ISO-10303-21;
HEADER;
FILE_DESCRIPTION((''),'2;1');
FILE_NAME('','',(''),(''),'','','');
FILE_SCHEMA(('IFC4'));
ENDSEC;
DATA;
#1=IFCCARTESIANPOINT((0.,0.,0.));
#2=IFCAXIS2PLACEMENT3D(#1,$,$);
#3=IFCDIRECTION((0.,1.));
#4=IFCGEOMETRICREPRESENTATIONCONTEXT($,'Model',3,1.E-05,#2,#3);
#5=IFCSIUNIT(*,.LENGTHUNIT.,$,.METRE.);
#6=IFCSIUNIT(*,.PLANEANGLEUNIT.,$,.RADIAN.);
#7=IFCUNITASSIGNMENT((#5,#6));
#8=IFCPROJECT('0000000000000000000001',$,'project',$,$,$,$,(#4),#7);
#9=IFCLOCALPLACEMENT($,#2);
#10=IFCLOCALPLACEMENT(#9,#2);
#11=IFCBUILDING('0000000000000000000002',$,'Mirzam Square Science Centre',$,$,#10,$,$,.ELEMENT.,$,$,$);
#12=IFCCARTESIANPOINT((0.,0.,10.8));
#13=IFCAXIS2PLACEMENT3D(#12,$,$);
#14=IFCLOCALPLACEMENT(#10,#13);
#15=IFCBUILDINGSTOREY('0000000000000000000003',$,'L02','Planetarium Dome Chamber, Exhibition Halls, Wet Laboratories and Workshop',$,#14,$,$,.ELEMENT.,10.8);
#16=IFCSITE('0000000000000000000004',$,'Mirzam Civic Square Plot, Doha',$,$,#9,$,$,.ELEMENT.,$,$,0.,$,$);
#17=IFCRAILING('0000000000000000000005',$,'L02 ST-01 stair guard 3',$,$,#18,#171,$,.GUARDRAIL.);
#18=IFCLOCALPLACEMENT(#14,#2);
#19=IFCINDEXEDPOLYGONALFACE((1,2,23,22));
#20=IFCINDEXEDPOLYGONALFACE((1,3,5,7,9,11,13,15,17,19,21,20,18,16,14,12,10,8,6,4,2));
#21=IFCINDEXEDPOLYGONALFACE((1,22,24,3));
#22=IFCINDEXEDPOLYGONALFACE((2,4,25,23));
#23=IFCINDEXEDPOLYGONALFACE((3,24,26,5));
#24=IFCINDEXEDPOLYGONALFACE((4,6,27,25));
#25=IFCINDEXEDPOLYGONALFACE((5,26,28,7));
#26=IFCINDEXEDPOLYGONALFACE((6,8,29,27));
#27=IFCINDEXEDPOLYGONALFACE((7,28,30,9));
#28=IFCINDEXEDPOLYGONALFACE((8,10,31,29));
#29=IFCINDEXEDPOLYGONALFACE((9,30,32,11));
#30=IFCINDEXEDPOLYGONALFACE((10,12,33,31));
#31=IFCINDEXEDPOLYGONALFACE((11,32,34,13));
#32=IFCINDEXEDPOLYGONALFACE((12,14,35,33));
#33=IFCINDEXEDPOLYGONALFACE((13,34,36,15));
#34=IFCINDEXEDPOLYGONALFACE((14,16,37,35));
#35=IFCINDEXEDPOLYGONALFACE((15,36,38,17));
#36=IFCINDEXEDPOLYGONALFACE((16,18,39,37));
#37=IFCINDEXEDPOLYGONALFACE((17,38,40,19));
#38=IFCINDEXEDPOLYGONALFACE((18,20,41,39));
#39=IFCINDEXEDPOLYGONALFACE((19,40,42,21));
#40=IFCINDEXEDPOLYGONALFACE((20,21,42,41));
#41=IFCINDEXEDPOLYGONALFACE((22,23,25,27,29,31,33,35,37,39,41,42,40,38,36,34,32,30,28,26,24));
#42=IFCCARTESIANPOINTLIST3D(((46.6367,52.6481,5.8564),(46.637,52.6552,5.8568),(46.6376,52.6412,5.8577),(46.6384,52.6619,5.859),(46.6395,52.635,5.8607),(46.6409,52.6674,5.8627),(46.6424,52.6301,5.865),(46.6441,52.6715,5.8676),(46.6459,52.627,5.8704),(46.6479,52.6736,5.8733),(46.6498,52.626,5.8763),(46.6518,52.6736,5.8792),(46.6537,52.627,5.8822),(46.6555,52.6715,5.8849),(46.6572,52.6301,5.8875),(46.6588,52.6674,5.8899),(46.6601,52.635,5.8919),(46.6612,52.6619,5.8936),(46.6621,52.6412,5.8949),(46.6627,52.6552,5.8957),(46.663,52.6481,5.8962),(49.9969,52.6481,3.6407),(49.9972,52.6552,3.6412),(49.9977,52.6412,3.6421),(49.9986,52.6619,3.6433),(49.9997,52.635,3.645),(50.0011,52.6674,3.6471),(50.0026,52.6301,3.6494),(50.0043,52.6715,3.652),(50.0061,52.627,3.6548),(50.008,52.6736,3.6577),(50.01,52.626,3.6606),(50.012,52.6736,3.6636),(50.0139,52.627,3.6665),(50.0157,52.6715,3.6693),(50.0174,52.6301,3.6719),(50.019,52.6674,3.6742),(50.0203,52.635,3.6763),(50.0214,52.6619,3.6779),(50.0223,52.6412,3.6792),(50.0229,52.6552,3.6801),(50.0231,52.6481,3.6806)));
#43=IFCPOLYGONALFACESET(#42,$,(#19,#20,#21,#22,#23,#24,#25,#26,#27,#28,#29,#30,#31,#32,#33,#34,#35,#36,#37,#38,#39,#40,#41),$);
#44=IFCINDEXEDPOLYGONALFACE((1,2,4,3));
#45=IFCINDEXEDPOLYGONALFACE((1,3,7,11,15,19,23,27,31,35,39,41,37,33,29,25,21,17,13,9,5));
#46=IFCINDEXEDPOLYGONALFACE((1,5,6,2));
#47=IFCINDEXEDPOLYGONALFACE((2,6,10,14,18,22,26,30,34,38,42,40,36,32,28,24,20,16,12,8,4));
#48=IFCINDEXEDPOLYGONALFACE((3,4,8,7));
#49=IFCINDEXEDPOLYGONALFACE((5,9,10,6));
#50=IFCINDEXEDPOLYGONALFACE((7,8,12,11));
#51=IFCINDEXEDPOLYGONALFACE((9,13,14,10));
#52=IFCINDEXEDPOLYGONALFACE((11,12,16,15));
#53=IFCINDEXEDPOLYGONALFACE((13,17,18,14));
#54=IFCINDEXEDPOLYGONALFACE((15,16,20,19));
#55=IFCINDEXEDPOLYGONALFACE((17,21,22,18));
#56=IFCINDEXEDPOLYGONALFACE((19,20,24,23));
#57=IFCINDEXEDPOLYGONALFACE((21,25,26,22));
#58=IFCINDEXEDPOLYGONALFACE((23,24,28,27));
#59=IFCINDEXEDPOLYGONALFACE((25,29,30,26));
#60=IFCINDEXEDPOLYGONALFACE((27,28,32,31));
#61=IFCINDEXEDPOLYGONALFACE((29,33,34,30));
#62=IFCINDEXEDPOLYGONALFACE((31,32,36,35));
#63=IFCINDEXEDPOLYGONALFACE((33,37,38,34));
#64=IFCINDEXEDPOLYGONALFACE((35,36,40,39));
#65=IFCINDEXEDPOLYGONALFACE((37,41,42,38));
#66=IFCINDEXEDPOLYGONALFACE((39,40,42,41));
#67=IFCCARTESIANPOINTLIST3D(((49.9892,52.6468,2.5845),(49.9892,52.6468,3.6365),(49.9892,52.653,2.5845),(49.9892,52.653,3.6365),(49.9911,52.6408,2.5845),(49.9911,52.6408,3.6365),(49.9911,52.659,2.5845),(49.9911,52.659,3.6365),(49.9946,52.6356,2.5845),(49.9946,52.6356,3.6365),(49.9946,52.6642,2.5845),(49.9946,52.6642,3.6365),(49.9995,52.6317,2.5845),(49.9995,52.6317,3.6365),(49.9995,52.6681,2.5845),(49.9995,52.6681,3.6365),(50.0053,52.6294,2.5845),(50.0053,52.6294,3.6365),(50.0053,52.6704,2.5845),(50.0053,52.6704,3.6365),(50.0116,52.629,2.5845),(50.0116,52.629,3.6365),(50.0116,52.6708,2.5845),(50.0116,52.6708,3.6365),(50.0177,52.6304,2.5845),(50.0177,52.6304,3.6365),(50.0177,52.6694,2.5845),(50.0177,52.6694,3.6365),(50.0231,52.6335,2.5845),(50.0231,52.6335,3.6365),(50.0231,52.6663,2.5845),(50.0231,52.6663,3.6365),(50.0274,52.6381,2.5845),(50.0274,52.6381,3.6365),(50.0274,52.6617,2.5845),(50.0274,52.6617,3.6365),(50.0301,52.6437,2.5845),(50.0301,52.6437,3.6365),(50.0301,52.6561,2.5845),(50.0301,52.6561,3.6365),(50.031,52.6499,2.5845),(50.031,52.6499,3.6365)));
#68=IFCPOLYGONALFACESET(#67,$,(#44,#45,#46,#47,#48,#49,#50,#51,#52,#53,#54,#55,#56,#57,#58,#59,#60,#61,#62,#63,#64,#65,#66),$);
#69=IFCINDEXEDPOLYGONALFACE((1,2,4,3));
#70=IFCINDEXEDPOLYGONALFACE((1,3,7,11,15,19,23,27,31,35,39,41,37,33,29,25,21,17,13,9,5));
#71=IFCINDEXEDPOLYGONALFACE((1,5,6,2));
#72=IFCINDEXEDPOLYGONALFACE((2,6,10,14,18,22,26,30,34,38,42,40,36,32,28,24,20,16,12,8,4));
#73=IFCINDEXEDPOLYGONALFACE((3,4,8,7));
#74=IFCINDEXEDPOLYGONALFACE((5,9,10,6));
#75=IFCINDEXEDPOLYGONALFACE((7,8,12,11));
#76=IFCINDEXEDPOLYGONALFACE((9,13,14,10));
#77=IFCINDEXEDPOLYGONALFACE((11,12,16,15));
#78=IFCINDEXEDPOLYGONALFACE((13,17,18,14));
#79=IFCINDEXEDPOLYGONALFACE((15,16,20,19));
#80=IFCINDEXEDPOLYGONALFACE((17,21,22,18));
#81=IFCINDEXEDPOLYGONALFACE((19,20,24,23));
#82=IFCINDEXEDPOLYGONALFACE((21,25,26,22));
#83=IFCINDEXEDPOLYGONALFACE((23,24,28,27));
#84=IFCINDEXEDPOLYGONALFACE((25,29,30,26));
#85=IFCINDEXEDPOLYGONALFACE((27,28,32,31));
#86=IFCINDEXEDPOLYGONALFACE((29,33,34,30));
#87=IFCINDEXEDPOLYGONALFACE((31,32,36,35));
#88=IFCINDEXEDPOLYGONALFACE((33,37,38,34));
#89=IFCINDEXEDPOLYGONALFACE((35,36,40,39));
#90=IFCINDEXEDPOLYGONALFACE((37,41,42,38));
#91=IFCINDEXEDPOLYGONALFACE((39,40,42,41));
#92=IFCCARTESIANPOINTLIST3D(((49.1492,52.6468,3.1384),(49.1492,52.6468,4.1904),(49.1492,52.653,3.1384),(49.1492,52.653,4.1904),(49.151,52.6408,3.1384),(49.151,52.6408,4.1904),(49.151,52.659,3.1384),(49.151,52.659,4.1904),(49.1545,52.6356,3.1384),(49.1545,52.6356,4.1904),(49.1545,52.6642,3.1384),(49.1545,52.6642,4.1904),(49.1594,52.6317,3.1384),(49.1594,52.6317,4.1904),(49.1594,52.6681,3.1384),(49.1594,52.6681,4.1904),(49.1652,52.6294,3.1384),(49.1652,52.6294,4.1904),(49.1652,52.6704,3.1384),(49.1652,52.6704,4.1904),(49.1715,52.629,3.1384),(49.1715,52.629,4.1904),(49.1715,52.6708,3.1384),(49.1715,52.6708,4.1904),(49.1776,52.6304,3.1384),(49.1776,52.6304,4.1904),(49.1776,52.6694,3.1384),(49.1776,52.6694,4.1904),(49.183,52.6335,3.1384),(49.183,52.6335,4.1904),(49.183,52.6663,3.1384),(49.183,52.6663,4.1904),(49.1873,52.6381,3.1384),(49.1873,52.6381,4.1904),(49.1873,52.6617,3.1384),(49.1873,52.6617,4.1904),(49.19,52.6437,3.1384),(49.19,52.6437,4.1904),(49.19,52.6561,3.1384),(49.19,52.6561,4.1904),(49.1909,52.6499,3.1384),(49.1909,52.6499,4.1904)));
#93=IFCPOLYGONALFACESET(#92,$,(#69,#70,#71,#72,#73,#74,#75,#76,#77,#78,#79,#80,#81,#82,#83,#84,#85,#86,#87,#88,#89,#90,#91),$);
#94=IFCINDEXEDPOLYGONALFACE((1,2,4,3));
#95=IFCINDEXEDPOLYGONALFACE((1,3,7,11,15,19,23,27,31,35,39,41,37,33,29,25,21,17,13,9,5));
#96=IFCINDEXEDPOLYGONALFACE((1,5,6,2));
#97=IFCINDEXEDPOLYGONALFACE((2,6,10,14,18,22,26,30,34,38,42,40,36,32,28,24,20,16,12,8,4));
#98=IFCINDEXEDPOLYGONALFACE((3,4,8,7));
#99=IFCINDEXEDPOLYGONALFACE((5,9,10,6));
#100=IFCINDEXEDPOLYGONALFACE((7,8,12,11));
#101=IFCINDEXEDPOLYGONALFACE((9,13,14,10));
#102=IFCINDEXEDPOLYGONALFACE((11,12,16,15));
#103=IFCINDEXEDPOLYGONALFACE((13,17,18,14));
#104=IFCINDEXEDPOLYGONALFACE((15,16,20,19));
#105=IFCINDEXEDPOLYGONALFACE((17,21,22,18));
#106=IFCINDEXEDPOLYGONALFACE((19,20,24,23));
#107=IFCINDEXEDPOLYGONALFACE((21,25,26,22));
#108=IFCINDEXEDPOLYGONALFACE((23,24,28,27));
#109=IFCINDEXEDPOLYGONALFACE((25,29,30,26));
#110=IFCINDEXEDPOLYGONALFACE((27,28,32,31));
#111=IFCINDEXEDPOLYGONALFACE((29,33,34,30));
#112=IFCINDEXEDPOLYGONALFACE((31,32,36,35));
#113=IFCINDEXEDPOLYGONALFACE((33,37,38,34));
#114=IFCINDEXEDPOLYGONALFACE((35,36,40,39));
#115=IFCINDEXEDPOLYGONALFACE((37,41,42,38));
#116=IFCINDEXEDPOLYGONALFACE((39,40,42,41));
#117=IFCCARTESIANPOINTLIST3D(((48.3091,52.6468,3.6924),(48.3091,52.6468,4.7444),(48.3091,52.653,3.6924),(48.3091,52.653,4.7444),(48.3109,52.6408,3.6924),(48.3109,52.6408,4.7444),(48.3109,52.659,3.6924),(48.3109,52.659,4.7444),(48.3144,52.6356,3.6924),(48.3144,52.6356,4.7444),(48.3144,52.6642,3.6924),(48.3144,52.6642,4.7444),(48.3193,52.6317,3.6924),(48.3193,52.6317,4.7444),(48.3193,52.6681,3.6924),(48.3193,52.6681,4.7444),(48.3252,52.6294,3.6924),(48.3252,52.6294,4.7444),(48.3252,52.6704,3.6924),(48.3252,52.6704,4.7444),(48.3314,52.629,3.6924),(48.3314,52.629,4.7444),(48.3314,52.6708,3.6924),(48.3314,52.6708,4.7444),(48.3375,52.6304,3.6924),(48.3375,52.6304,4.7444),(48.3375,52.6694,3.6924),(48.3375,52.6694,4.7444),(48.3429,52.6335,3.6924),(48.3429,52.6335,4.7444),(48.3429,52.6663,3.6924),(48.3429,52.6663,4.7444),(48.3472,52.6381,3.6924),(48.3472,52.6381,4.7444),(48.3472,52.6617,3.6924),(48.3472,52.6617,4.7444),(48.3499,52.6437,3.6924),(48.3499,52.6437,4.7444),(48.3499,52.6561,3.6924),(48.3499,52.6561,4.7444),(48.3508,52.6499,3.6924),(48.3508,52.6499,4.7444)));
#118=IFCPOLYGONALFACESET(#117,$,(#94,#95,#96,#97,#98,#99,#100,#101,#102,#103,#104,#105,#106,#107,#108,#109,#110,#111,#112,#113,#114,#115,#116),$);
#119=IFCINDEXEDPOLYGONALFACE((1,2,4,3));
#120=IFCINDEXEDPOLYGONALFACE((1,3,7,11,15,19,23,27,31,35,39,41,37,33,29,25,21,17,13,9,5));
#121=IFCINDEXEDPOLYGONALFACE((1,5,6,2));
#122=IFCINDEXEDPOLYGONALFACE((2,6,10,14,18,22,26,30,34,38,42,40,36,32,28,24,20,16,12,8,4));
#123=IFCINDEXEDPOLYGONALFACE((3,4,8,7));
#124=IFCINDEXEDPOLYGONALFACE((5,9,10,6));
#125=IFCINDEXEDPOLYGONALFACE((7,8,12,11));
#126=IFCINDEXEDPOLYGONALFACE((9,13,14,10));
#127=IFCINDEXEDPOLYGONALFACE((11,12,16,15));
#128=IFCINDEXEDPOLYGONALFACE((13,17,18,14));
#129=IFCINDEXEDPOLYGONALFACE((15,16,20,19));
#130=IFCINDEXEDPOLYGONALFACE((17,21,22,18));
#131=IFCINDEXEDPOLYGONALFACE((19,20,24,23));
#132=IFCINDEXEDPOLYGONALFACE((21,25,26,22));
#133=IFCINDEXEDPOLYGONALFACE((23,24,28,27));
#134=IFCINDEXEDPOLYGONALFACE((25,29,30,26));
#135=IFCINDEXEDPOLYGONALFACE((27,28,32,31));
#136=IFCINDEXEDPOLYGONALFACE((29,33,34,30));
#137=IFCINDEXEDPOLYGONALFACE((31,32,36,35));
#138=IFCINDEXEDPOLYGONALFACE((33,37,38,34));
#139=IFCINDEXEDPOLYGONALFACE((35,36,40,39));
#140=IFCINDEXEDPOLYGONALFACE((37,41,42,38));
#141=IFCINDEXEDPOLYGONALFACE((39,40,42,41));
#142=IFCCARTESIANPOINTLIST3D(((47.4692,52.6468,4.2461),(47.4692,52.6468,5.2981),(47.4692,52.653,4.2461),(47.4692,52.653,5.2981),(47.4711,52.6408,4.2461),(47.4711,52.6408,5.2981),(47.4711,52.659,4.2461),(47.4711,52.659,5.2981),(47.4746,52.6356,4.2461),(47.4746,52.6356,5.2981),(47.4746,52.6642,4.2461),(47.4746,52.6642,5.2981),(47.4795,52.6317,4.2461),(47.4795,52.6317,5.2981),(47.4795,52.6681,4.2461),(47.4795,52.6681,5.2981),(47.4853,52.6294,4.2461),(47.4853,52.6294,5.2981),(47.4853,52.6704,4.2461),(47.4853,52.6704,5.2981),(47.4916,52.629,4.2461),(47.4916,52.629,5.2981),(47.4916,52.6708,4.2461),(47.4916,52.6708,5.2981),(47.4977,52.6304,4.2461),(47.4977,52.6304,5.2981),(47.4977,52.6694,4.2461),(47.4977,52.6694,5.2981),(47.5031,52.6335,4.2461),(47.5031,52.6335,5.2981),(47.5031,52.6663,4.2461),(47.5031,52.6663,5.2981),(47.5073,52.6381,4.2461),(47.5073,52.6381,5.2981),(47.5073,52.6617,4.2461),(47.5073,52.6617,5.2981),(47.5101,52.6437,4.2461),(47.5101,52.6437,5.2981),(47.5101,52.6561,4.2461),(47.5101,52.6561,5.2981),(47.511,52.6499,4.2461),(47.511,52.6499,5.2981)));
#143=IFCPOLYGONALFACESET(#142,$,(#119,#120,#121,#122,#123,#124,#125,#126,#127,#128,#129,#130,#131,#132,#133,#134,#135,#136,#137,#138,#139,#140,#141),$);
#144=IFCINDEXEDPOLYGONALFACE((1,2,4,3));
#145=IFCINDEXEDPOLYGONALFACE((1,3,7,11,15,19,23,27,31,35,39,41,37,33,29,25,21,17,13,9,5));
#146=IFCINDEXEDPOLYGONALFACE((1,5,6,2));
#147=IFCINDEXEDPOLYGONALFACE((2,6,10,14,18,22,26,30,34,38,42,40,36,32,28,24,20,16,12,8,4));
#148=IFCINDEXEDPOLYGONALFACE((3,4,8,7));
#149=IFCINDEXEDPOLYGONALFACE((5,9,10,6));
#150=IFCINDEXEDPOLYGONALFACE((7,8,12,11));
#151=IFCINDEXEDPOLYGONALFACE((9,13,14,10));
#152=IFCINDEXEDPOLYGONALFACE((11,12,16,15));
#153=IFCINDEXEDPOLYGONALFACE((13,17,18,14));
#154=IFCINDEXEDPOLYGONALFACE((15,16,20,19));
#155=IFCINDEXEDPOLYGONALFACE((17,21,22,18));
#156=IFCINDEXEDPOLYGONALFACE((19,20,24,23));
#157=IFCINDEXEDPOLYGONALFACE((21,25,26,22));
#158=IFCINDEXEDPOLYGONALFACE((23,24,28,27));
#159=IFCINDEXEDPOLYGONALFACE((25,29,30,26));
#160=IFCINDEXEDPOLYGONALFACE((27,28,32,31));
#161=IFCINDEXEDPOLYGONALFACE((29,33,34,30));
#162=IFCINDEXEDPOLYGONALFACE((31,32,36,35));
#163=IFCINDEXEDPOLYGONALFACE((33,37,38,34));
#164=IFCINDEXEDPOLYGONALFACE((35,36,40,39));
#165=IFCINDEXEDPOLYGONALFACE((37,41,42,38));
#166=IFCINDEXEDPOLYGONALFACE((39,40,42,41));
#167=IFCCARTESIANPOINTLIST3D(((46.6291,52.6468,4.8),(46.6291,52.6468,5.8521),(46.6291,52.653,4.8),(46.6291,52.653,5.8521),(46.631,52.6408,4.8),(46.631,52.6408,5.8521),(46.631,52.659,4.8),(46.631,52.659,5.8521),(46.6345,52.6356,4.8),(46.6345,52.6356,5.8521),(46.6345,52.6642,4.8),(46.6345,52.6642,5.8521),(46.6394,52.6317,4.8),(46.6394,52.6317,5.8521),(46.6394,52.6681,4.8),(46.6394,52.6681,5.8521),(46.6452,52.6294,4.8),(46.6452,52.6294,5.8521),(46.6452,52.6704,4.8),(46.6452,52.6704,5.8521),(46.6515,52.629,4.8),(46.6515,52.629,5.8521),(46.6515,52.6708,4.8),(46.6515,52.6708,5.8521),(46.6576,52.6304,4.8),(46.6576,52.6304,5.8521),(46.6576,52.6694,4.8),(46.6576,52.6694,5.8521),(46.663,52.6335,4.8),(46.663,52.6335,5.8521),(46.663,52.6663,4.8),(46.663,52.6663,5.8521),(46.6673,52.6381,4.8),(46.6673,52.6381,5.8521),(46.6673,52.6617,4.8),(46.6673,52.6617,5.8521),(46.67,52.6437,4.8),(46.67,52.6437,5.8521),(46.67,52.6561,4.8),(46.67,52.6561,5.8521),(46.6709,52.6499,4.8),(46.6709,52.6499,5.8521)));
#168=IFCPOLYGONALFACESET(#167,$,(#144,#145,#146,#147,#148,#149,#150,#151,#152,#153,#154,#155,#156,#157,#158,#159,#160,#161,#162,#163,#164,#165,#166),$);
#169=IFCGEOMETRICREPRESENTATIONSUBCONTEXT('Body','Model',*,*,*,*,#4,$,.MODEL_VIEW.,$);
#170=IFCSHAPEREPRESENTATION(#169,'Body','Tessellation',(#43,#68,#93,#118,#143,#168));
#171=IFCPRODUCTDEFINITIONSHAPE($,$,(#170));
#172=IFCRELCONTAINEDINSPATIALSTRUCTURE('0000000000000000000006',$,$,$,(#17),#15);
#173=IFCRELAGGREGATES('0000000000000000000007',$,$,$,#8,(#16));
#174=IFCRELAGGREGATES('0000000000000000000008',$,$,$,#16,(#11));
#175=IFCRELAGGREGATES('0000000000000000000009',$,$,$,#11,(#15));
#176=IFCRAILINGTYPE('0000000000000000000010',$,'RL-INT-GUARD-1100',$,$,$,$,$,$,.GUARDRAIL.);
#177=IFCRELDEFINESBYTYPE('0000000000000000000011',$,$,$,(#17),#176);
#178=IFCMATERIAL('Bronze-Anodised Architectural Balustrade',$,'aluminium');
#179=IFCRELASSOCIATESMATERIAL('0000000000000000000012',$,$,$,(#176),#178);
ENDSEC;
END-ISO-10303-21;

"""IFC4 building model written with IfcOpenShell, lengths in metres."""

from ifc_helpers import new_model, si_unit, direction, frame, origin, origin_2d, place, context, subcontext, project, spatial, circle, extrude, material, type_object, element, save


model = new_model("IFC4")

# Units and contexts
model_context = context("Model", 3, precision=1e-05, world=origin(), true_north=direction((0.0, 1.0)))
body_context = subcontext(model_context, "Body", "Model", "MODEL_VIEW")
ifc_project = project(units=[si_unit("LENGTHUNIT", "METRE"), si_unit("PLANEANGLEUNIT", "RADIAN")], contexts=[model_context])

# Site, building, storey
site_placement = place(None, origin())
site = spatial("IfcSite", under=ifc_project, at=site_placement, Name="Mirzam Civic Square Plot, Doha", CompositionType="ELEMENT", RefElevation=0.0)
building_placement = place(site_placement, origin())
building = spatial("IfcBuilding", under=site, at=building_placement, Name="Mirzam Square Science Centre", CompositionType="ELEMENT")
storey_placement = place(building_placement, frame((0.0, 0.0, 10.8)))
storey = spatial("IfcBuildingStorey", under=building, at=storey_placement, Name="L02", Description="Planetarium Dome Chamber, Exhibition Halls, Wet Laboratories and Workshop", CompositionType="ELEMENT", Elevation=10.8)

# Railing
ifc_material_1 = material(Name="Bronze-Anodised Architectural Balustrade", Category="aluminium")
railing_type_1 = type_object("IfcRailingType", Name="RL-INT-GUARD-1100", PredefinedType="GUARDRAIL", material=ifc_material_1)
railing_1_placement = place(storey_placement, frame((50.01, 52.6499, 2.5845)))
element("IfcRailing", 1, at=railing_1_placement, inside=storey, type_object=railing_type_1, Name="L02 ST-01 stair guard 3", PredefinedType="GUARDRAIL", context=body_context, shape_type="SweptSolid", body=[
    extrude(circle(Radius=0.0239, at=origin_2d()), frame((0.0, 0.0, 1.0762), z_axis=(-0.834849, 0.0, 0.55048), x_axis=(0.0, -1.0, 0.0)), (0.0, 0.0, 1.0), 4.0249),
    extrude(circle(Radius=0.021, at=origin_2d()), origin(), (0.0, 0.0, 1.0), 1.052),
    extrude(circle(Radius=0.021, at=origin_2d()), frame((-0.8401, 0.0, 0.554)), (0.0, 0.0, 1.0), 1.052),
    extrude(circle(Radius=0.021, at=origin_2d()), frame((-1.6802, 0.0, 1.1079)), (0.0, 0.0, 1.0), 1.052),
    extrude(circle(Radius=0.021, at=origin_2d()), frame((-2.52, 0.0, 1.6616)), (0.0, 0.0, 1.0), 1.052),
    extrude(circle(Radius=0.021, at=origin_2d()), frame((-3.3601, 0.0, 2.2156)), (0.0, 0.0, 1.0), 1.052),
])

save(model, "model.ifc")
